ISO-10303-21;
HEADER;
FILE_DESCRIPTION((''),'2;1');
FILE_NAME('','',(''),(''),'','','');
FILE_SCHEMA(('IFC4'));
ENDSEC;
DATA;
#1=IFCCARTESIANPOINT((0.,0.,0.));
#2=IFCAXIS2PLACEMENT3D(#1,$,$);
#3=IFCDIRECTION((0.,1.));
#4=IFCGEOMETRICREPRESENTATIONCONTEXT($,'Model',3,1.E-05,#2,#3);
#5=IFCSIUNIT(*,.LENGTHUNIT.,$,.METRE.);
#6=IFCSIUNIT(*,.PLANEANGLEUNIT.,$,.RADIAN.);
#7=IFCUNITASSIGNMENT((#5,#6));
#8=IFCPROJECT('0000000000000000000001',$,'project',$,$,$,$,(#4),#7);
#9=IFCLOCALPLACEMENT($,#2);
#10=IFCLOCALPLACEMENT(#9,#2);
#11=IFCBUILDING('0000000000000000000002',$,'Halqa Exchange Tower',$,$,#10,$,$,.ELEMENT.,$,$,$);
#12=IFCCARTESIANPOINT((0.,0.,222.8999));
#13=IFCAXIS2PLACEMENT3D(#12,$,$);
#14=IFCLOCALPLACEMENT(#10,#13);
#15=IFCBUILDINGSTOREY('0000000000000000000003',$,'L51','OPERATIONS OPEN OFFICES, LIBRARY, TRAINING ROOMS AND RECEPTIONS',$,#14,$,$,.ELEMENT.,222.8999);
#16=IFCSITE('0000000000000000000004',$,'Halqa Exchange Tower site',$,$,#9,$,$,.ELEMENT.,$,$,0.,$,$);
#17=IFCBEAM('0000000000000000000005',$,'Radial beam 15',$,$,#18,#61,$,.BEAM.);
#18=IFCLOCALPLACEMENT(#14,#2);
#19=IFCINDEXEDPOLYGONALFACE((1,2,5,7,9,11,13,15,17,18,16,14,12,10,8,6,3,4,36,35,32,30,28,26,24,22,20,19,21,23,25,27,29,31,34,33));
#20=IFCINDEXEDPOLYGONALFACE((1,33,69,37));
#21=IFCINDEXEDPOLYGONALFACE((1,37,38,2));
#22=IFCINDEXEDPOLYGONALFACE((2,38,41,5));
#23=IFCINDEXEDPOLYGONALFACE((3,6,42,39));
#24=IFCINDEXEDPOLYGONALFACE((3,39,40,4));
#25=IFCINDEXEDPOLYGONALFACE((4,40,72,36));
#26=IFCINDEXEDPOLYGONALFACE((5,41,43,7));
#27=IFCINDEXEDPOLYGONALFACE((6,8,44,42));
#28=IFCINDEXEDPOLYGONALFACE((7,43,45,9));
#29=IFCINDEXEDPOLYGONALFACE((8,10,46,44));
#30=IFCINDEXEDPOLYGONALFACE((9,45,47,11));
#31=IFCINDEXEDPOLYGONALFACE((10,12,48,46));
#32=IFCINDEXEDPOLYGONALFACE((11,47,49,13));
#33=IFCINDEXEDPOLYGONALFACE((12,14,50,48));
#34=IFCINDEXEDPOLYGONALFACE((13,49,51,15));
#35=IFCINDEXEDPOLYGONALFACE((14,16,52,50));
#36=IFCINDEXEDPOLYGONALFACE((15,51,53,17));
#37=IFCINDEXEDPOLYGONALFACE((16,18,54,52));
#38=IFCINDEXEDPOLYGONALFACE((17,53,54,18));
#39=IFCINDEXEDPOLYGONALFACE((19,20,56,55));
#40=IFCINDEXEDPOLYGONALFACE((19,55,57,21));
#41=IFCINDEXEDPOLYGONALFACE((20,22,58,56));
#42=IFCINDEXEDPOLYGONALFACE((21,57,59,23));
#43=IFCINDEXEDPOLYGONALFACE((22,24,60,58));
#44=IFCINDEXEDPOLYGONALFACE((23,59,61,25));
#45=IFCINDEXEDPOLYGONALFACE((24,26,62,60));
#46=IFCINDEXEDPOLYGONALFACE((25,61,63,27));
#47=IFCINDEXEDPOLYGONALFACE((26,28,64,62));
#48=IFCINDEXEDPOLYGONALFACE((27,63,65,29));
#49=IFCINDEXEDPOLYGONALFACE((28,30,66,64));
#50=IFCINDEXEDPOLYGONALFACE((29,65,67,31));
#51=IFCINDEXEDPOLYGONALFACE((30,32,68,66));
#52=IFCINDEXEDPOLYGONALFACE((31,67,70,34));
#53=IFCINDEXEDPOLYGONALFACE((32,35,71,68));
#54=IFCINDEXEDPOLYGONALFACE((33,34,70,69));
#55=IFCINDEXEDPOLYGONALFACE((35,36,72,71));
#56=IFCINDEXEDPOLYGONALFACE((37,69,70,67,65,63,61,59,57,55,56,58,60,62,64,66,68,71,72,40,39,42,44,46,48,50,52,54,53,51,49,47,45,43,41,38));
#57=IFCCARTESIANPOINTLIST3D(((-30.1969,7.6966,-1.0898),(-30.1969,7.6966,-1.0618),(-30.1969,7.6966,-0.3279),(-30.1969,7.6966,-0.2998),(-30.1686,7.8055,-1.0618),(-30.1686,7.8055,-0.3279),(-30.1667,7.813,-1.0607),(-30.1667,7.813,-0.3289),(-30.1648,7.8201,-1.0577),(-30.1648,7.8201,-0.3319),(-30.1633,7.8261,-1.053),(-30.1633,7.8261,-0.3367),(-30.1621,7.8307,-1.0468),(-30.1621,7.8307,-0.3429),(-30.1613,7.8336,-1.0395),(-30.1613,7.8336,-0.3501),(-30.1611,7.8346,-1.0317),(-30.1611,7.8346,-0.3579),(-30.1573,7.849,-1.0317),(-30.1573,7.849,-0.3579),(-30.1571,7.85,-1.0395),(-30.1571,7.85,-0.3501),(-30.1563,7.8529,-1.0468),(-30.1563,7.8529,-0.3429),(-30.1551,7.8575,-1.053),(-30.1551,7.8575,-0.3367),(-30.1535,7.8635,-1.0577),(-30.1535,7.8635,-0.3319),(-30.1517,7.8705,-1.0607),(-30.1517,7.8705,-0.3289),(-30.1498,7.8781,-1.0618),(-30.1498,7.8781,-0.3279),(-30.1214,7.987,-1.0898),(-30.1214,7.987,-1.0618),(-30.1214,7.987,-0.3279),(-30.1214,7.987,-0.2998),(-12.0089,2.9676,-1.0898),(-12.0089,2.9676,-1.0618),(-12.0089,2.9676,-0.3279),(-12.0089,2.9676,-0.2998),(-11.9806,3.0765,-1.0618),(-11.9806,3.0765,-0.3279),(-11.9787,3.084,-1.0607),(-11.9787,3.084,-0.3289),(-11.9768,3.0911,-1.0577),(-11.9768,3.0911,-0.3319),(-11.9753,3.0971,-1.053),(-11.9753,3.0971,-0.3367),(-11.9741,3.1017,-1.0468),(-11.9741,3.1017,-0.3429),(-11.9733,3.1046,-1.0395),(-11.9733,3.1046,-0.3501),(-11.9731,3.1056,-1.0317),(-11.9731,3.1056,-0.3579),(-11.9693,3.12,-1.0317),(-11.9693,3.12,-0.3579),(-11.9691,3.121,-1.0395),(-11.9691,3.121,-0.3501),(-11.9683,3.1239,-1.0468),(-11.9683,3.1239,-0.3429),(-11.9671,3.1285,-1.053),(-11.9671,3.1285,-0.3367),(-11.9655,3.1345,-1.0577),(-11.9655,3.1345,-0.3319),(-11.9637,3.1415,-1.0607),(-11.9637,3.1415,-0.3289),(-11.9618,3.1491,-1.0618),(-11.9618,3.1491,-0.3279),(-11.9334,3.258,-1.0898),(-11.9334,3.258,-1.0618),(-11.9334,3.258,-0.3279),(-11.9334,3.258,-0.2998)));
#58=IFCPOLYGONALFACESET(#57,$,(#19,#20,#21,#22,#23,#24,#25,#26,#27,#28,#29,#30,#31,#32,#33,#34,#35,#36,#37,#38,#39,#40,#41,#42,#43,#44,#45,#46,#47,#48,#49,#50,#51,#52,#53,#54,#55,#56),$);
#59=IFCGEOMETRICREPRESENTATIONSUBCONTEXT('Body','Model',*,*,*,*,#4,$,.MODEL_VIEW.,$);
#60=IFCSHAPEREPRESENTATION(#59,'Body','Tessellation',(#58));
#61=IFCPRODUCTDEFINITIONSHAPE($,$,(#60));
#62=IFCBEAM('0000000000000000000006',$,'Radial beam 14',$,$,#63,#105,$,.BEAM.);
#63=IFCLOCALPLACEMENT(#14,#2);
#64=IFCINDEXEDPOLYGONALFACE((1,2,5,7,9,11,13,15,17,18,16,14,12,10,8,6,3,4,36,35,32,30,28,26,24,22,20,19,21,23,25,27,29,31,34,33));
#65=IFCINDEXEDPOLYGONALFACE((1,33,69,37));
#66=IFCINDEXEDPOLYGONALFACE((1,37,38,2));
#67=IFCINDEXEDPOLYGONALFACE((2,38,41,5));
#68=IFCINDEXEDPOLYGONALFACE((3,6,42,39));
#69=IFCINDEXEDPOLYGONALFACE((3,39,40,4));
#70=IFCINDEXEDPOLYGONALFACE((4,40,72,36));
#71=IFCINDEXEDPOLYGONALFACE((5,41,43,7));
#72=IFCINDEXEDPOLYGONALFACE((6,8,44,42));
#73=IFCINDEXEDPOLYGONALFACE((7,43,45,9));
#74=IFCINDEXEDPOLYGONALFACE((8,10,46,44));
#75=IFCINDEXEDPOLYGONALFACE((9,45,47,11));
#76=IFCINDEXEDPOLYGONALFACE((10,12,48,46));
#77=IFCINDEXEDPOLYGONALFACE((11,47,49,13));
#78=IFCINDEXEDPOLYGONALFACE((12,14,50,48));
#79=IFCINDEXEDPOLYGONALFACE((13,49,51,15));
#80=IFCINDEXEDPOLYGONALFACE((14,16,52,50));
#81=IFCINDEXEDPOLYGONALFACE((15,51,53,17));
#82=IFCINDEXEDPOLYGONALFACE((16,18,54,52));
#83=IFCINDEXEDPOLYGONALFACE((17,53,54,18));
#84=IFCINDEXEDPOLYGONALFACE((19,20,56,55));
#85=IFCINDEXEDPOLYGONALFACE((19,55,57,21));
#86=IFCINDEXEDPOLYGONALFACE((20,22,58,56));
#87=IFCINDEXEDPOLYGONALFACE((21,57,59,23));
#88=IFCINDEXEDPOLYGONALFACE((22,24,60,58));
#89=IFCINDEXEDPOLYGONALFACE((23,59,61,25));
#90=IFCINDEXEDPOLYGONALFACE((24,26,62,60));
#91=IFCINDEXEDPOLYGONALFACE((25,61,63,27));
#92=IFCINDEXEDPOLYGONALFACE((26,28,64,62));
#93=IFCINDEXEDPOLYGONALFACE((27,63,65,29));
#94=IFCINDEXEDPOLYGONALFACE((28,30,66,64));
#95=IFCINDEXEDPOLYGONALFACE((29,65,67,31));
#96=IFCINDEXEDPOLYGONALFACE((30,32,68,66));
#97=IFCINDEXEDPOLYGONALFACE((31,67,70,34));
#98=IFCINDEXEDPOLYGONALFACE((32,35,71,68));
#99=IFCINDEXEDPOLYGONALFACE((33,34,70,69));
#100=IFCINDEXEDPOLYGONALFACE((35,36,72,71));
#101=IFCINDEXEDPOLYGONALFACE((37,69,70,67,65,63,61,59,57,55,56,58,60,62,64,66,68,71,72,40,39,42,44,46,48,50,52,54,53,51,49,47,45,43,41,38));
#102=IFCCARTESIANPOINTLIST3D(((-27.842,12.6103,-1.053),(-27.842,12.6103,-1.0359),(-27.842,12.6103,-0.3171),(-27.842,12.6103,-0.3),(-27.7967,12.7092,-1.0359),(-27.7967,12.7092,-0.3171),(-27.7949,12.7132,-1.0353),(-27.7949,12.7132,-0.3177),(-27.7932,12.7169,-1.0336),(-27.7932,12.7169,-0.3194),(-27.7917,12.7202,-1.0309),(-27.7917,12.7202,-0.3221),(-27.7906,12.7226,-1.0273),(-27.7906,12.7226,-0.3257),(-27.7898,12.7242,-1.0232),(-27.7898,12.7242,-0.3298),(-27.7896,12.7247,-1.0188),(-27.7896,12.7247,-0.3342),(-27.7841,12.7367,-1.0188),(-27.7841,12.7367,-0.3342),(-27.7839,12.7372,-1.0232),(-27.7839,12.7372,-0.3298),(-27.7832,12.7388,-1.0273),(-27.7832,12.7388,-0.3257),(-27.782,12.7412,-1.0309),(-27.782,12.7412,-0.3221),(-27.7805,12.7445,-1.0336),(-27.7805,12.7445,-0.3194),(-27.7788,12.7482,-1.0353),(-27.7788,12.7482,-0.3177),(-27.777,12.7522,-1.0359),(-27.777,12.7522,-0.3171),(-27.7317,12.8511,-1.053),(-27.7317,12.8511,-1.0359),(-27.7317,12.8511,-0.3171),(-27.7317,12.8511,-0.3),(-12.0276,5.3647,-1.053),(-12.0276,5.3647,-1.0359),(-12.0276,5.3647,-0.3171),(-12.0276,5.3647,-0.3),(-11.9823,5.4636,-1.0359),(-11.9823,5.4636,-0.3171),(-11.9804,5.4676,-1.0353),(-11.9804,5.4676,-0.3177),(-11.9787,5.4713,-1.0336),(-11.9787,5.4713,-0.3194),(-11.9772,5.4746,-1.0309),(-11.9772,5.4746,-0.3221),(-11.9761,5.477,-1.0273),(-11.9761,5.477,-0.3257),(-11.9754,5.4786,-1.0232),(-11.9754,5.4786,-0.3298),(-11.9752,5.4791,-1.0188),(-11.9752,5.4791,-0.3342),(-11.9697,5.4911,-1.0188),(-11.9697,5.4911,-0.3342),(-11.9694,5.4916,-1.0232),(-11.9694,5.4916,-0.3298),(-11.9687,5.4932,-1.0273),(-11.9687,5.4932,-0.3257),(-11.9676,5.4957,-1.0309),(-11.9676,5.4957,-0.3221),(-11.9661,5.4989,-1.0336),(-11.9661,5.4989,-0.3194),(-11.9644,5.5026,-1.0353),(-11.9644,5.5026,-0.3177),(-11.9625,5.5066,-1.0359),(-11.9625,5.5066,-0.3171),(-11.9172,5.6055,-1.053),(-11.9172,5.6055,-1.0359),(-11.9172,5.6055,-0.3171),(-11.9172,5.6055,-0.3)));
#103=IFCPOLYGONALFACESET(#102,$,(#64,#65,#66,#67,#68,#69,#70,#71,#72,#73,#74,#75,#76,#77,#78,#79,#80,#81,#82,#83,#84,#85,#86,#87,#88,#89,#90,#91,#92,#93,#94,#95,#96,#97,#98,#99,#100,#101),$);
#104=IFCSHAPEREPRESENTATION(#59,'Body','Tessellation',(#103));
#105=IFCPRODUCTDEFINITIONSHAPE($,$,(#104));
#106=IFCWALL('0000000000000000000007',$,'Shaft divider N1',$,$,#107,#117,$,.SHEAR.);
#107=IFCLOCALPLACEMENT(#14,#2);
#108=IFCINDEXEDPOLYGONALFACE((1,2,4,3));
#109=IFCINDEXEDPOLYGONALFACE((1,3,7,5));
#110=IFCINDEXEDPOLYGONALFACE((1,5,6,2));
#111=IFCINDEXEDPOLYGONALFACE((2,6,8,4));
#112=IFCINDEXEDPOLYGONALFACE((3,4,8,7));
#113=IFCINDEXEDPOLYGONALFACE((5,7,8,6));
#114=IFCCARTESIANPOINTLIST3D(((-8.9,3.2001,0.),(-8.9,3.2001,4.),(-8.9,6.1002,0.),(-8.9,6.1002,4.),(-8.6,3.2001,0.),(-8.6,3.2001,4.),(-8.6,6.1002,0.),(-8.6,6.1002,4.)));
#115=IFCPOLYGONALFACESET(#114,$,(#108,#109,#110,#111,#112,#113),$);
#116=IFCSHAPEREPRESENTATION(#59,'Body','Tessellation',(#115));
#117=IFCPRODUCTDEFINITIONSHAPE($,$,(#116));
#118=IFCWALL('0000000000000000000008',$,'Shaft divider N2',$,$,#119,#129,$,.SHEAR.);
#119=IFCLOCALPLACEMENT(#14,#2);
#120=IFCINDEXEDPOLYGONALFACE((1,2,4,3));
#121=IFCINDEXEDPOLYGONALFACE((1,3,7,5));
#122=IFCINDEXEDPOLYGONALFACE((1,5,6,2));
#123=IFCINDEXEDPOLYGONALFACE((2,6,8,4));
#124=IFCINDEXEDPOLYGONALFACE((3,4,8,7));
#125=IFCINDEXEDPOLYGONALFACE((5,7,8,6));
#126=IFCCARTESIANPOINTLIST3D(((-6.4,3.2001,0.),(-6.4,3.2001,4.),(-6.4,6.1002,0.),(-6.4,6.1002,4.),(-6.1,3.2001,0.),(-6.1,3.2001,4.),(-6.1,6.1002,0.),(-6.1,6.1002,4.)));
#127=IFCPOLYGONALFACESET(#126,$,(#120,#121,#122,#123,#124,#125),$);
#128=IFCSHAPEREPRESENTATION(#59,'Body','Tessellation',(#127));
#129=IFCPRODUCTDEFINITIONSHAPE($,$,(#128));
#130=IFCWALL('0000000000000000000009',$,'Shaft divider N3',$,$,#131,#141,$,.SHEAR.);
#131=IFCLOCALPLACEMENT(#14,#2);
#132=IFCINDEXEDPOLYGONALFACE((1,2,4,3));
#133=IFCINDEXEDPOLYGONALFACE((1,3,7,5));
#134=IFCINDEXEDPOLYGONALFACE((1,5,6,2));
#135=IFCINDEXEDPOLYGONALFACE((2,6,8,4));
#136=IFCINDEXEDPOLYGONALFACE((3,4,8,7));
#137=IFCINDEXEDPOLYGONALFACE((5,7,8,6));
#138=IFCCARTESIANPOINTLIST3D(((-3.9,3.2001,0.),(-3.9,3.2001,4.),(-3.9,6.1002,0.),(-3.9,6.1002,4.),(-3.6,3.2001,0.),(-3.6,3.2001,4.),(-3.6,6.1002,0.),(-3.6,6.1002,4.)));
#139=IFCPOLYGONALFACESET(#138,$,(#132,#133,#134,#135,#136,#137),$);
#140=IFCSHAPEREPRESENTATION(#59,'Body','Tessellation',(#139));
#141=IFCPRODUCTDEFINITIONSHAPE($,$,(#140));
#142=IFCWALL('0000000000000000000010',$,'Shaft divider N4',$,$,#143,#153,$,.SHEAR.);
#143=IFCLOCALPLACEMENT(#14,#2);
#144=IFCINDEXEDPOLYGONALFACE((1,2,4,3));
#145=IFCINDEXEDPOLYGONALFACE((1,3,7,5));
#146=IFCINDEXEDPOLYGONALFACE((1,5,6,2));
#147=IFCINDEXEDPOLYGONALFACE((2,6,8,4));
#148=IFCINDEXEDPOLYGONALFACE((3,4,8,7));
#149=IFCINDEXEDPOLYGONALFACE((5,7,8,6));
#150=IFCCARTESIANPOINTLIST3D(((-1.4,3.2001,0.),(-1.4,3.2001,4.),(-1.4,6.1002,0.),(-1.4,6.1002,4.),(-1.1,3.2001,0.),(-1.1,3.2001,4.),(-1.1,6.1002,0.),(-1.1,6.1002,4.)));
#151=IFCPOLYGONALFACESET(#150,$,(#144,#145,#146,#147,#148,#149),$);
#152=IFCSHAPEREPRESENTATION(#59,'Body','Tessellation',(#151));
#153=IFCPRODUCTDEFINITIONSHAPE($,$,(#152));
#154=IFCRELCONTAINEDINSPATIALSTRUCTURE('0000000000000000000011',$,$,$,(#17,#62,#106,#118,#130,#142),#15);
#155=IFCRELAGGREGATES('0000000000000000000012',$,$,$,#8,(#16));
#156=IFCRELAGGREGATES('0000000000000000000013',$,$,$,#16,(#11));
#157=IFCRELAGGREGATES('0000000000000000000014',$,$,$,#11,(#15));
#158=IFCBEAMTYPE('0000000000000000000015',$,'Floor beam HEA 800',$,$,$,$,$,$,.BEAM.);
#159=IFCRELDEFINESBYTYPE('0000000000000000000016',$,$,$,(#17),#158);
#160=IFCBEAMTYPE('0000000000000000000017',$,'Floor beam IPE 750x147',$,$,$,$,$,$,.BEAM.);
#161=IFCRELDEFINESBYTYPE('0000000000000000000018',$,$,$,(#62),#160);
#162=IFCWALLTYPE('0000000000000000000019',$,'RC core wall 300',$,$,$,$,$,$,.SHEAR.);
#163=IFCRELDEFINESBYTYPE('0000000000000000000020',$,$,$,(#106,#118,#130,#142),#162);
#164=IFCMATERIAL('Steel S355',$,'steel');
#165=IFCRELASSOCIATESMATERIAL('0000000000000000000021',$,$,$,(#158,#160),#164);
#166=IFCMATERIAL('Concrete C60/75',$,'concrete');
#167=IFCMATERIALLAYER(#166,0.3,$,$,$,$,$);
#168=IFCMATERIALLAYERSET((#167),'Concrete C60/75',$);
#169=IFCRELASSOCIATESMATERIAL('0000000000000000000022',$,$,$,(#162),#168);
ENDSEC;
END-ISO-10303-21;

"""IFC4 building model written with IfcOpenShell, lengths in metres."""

from ifc_helpers import new_model, si_unit, direction, frame, frame_2d, origin, origin_2d, place, context, subcontext, project, spatial, rectangle, i_section, extrude, material, layer, layer_set, material_profile, profile_set, type_object, element, save


model = new_model("IFC4")

# Units and contexts
model_context = context("Model", 3, precision=1e-05, world=origin(), true_north=direction((0.0, 1.0)))
body_context = subcontext(model_context, "Body", "Model", "MODEL_VIEW")
ifc_project = project(units=[si_unit("LENGTHUNIT", "METRE"), si_unit("PLANEANGLEUNIT", "RADIAN")], contexts=[model_context])

# Site, building, storey
site_placement = place(None, origin())
site = spatial("IfcSite", under=ifc_project, at=site_placement, Name="Halqa Exchange Tower site", CompositionType="ELEMENT", RefElevation=0.0)
building_placement = place(site_placement, origin())
building = spatial("IfcBuilding", under=site, at=building_placement, Name="Halqa Exchange Tower", CompositionType="ELEMENT")
storey_placement = place(building_placement, frame((0.0, 0.0, 222.8999)))
storey = spatial("IfcBuildingStorey", under=building, at=storey_placement, Name="L51", Description="OPERATIONS OPEN OFFICES, LIBRARY, TRAINING ROOMS AND RECEPTIONS", CompositionType="ELEMENT", Elevation=222.8999)

# Beams
ifc_material_1 = material(Name="Steel S355", Category="steel")
ifc_material_profile_1 = material_profile(ifc_material_1, i_section(OverallWidth=0.3, OverallDepth=0.79, WebThickness=0.0149, FlangeThickness=0.0281, FilletRadius=0.03, at=origin_2d()), Name="HEA 800")
ifc_profile_set_1 = profile_set([ifc_material_profile_1], Name="Steel S355")
beam_type_1 = type_object("IfcBeamType", Name="Floor beam HEA 800", PredefinedType="BEAM", material=ifc_profile_set_1)
beam_1_placement = place(storey_placement, frame((-11.9712, 3.1128, -0.6948), z_axis=(-0.967821, 0.25164, 0.0), x_axis=(-0.25164, -0.967821, 0.0)))
element("IfcBeam", 1, at=beam_1_placement, inside=storey, type_object=beam_type_1, Name="Radial beam 15", PredefinedType="BEAM", context=body_context, shape_type="SweptSolid", body=[
    extrude(i_section(OverallWidth=0.3, OverallDepth=0.79, WebThickness=0.0149, FlangeThickness=0.0281, FilletRadius=0.03, at=origin_2d()), origin(), (0.0, 0.0, 1.0), 18.7927),
])
ifc_material_profile_2 = material_profile(ifc_material_1, i_section(OverallWidth=0.2649, OverallDepth=0.7529, WebThickness=0.0132, FlangeThickness=0.0171, FilletRadius=0.0171, at=origin_2d()), Name="IPE 750x147")
ifc_profile_set_2 = profile_set([ifc_material_profile_2], Name="Steel S355")
beam_type_2 = type_object("IfcBeamType", Name="Floor beam IPE 750x147", PredefinedType="BEAM", material=ifc_profile_set_2)
beam_2_placement = place(storey_placement, frame((-11.9724, 5.4851, -0.6765), z_axis=(-0.909123, 0.416527, 0.0), x_axis=(-0.416527, -0.909123, 0.0)))
element("IfcBeam", 2, at=beam_2_placement, inside=storey, type_object=beam_type_2, Name="Radial beam 14", PredefinedType="BEAM", context=body_context, shape_type="SweptSolid", body=[
    extrude(i_section(OverallWidth=0.2649, OverallDepth=0.7529, WebThickness=0.0132, FlangeThickness=0.0171, FilletRadius=0.0171, at=origin_2d()), origin(), (0.0, 0.0, 1.0), 17.3953),
])

# Walls
ifc_material_2 = material(Name="Concrete C60/75", Category="concrete")
ifc_layer_1 = layer(ifc_material_2, 0.3)
ifc_layer_set_1 = layer_set([ifc_layer_1], Name="Concrete C60/75")
wall_type_1 = type_object("IfcWallType", Name="RC core wall 300", PredefinedType="SHEAR", material=ifc_layer_set_1)
for number, where, z_axis, x_axis, name in (
    (3, (-8.75, 3.2, 0.0), (0.0, 0.0, 1.0), (0.0, 1.0, 0.0), "Shaft divider N1"),
    (4, (-6.25, 3.2, 0.0), (0.0, 0.0, 1.0), (0.0, 1.0, 0.0), "Shaft divider N2"),
    (5, (-3.75, 3.2, 0.0), (0.0, 0.0, 1.0), (0.0, 1.0, 0.0), "Shaft divider N3"),
    (6, (-1.25, 3.2, 0.0), (0.0, 0.0, 1.0), (0.0, 1.0, 0.0), "Shaft divider N4"),
):
    element("IfcWall", number, at=place(storey_placement, frame(where, z_axis=z_axis, x_axis=x_axis)), inside=storey, type_object=wall_type_1, Name=name, PredefinedType="SHEAR", context=body_context, shape_type="SweptSolid", body=[
        extrude(rectangle(XDim=2.9001, YDim=0.3, at=frame_2d((1.4502, 0.0))), origin(), (0.0, 0.0, 1.0), 4.0),
    ])

save(model, "model.ifc")
